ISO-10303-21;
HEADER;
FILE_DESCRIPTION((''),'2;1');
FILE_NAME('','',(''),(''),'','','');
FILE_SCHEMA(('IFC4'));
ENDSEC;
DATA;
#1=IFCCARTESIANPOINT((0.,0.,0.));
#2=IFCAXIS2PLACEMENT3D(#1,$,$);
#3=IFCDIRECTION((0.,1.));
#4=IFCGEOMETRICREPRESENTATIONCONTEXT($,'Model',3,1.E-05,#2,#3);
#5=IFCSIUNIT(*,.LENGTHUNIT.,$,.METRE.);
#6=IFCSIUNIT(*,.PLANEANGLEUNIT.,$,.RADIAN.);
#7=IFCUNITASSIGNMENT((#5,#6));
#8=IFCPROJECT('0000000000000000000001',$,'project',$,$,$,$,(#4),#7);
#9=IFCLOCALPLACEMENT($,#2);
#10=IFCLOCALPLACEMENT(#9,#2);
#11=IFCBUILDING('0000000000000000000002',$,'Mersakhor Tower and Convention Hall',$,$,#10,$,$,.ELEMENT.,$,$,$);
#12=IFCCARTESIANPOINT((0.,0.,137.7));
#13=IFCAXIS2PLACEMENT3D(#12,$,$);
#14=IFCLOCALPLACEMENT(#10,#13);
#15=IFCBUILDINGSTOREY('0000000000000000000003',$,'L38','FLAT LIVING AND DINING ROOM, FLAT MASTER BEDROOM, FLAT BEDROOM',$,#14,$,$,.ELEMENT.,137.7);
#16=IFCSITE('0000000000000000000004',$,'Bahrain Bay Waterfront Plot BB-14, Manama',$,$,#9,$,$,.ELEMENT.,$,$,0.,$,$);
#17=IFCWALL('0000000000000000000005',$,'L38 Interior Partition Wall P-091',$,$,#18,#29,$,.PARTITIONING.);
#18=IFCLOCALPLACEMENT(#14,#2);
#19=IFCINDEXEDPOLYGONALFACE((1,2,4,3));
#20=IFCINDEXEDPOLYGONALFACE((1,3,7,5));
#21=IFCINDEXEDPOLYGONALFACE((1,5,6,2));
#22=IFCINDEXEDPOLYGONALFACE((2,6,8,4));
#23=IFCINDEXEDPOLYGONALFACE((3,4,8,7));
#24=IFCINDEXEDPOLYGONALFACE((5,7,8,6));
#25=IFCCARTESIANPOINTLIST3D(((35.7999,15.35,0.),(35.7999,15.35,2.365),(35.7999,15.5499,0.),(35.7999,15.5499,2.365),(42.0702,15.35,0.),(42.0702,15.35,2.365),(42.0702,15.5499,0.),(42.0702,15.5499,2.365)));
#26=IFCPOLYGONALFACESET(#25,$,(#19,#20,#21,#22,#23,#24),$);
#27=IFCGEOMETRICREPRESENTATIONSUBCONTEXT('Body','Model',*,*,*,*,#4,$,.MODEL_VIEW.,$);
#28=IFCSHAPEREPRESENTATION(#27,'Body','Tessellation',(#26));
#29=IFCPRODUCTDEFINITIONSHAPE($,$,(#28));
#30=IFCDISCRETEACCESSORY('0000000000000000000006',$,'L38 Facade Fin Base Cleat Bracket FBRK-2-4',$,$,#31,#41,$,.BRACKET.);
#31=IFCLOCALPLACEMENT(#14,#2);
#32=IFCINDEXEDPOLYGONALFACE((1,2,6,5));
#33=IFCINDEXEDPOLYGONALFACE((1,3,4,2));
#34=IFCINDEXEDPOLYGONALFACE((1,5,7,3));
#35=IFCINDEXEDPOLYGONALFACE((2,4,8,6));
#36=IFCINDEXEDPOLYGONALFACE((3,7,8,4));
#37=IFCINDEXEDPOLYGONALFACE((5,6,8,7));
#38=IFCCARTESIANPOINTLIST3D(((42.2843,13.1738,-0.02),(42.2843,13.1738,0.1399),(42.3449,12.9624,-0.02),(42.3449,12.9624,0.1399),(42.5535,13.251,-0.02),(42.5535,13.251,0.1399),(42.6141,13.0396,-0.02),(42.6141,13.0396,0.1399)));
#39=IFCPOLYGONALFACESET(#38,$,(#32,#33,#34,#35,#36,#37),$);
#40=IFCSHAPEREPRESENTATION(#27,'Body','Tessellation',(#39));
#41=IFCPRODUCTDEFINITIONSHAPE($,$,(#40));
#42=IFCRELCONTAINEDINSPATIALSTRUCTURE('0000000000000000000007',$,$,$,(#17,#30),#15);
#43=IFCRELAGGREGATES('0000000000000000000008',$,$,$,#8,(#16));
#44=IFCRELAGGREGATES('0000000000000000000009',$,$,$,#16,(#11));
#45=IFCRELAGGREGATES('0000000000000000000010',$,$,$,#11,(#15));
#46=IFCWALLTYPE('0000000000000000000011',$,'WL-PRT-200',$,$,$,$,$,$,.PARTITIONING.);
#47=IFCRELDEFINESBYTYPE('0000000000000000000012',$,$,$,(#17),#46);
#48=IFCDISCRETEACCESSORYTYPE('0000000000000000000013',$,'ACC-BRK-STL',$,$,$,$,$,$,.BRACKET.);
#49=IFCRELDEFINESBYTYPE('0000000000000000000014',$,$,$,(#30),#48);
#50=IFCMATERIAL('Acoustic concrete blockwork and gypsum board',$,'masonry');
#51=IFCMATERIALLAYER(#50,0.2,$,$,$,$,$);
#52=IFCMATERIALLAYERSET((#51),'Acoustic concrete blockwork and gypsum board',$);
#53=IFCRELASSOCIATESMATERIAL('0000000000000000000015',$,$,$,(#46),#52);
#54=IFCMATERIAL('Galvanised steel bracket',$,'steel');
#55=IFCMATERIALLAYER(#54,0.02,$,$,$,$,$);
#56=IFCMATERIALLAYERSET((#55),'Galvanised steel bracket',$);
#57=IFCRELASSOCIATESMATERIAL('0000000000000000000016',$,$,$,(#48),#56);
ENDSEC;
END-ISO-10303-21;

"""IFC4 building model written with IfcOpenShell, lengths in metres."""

from ifc_helpers import new_model, si_unit, direction, frame, frame_2d, origin, origin_2d, place, context, subcontext, project, spatial, rectangle, extrude, material, layer, layer_set, type_object, element, save


model = new_model("IFC4")

# Units and contexts
model_context = context("Model", 3, precision=1e-05, world=origin(), true_north=direction((0.0, 1.0)))
body_context = subcontext(model_context, "Body", "Model", "MODEL_VIEW")
ifc_project = project(units=[si_unit("LENGTHUNIT", "METRE"), si_unit("PLANEANGLEUNIT", "RADIAN")], contexts=[model_context])

# Site, building, storey
site_placement = place(None, origin())
site = spatial("IfcSite", under=ifc_project, at=site_placement, Name="Bahrain Bay Waterfront Plot BB-14, Manama", CompositionType="ELEMENT", RefElevation=0.0)
building_placement = place(site_placement, origin())
building = spatial("IfcBuilding", under=site, at=building_placement, Name="Mersakhor Tower and Convention Hall", CompositionType="ELEMENT")
storey_placement = place(building_placement, frame((0.0, 0.0, 137.7)))
storey = spatial("IfcBuildingStorey", under=building, at=storey_placement, Name="L38", Description="FLAT LIVING AND DINING ROOM, FLAT MASTER BEDROOM, FLAT BEDROOM", CompositionType="ELEMENT", Elevation=137.7)

# Shared definitions
ifc_material_1 = material(Name="Acoustic concrete blockwork and gypsum board", Category="masonry")
ifc_layer_1 = layer(ifc_material_1, 0.2)
ifc_layer_set_1 = layer_set([ifc_layer_1], Name="Acoustic concrete blockwork and gypsum board")
wall_type_1 = type_object("IfcWallType", Name="WL-PRT-200", PredefinedType="PARTITIONING", material=ifc_layer_set_1)

# Wall
wall_1_placement = place(storey_placement, frame((42.0703, 15.45, 0.0), z_axis=(0.0, 0.0, 1.0), x_axis=(-1.0, 0.0, 0.0)))
element("IfcWall", 1, at=wall_1_placement, inside=storey, type_object=wall_type_1, Name="L38 Interior Partition Wall P-091", PredefinedType="PARTITIONING", context=body_context, shape_type="SweptSolid", body=[
    extrude(rectangle(XDim=6.2703, YDim=0.2, at=frame_2d((3.1353, 0.0))), origin(), (0.0, 0.0, 1.0), 2.365),
])

# Discrete accessory
ifc_material_2 = material(Name="Galvanised steel bracket", Category="steel")
ifc_layer_2 = layer(ifc_material_2, 0.02)
ifc_layer_set_2 = layer_set([ifc_layer_2], Name="Galvanised steel bracket")
discrete_accessory_type = type_object("IfcDiscreteAccessoryType", Name="ACC-BRK-STL", PredefinedType="BRACKET", material=ifc_layer_set_2)
discrete_accessory_placement = place(storey_placement, frame((42.4492, 13.1067, -0.02), z_axis=(0.0, 0.0, 1.0), x_axis=(0.961262, 0.275637, 0.0)))
element("IfcDiscreteAccessory", 2, at=discrete_accessory_placement, inside=storey, type_object=discrete_accessory_type, Name="L38 Facade Fin Base Cleat Bracket FBRK-2-4", PredefinedType="BRACKET", context=body_context, shape_type="SweptSolid", body=[
    extrude(rectangle(XDim=0.28, YDim=0.22, at=origin_2d()), origin(), (0.0, 0.0, 1.0), 0.1599),
])

save(model, "model.ifc")
